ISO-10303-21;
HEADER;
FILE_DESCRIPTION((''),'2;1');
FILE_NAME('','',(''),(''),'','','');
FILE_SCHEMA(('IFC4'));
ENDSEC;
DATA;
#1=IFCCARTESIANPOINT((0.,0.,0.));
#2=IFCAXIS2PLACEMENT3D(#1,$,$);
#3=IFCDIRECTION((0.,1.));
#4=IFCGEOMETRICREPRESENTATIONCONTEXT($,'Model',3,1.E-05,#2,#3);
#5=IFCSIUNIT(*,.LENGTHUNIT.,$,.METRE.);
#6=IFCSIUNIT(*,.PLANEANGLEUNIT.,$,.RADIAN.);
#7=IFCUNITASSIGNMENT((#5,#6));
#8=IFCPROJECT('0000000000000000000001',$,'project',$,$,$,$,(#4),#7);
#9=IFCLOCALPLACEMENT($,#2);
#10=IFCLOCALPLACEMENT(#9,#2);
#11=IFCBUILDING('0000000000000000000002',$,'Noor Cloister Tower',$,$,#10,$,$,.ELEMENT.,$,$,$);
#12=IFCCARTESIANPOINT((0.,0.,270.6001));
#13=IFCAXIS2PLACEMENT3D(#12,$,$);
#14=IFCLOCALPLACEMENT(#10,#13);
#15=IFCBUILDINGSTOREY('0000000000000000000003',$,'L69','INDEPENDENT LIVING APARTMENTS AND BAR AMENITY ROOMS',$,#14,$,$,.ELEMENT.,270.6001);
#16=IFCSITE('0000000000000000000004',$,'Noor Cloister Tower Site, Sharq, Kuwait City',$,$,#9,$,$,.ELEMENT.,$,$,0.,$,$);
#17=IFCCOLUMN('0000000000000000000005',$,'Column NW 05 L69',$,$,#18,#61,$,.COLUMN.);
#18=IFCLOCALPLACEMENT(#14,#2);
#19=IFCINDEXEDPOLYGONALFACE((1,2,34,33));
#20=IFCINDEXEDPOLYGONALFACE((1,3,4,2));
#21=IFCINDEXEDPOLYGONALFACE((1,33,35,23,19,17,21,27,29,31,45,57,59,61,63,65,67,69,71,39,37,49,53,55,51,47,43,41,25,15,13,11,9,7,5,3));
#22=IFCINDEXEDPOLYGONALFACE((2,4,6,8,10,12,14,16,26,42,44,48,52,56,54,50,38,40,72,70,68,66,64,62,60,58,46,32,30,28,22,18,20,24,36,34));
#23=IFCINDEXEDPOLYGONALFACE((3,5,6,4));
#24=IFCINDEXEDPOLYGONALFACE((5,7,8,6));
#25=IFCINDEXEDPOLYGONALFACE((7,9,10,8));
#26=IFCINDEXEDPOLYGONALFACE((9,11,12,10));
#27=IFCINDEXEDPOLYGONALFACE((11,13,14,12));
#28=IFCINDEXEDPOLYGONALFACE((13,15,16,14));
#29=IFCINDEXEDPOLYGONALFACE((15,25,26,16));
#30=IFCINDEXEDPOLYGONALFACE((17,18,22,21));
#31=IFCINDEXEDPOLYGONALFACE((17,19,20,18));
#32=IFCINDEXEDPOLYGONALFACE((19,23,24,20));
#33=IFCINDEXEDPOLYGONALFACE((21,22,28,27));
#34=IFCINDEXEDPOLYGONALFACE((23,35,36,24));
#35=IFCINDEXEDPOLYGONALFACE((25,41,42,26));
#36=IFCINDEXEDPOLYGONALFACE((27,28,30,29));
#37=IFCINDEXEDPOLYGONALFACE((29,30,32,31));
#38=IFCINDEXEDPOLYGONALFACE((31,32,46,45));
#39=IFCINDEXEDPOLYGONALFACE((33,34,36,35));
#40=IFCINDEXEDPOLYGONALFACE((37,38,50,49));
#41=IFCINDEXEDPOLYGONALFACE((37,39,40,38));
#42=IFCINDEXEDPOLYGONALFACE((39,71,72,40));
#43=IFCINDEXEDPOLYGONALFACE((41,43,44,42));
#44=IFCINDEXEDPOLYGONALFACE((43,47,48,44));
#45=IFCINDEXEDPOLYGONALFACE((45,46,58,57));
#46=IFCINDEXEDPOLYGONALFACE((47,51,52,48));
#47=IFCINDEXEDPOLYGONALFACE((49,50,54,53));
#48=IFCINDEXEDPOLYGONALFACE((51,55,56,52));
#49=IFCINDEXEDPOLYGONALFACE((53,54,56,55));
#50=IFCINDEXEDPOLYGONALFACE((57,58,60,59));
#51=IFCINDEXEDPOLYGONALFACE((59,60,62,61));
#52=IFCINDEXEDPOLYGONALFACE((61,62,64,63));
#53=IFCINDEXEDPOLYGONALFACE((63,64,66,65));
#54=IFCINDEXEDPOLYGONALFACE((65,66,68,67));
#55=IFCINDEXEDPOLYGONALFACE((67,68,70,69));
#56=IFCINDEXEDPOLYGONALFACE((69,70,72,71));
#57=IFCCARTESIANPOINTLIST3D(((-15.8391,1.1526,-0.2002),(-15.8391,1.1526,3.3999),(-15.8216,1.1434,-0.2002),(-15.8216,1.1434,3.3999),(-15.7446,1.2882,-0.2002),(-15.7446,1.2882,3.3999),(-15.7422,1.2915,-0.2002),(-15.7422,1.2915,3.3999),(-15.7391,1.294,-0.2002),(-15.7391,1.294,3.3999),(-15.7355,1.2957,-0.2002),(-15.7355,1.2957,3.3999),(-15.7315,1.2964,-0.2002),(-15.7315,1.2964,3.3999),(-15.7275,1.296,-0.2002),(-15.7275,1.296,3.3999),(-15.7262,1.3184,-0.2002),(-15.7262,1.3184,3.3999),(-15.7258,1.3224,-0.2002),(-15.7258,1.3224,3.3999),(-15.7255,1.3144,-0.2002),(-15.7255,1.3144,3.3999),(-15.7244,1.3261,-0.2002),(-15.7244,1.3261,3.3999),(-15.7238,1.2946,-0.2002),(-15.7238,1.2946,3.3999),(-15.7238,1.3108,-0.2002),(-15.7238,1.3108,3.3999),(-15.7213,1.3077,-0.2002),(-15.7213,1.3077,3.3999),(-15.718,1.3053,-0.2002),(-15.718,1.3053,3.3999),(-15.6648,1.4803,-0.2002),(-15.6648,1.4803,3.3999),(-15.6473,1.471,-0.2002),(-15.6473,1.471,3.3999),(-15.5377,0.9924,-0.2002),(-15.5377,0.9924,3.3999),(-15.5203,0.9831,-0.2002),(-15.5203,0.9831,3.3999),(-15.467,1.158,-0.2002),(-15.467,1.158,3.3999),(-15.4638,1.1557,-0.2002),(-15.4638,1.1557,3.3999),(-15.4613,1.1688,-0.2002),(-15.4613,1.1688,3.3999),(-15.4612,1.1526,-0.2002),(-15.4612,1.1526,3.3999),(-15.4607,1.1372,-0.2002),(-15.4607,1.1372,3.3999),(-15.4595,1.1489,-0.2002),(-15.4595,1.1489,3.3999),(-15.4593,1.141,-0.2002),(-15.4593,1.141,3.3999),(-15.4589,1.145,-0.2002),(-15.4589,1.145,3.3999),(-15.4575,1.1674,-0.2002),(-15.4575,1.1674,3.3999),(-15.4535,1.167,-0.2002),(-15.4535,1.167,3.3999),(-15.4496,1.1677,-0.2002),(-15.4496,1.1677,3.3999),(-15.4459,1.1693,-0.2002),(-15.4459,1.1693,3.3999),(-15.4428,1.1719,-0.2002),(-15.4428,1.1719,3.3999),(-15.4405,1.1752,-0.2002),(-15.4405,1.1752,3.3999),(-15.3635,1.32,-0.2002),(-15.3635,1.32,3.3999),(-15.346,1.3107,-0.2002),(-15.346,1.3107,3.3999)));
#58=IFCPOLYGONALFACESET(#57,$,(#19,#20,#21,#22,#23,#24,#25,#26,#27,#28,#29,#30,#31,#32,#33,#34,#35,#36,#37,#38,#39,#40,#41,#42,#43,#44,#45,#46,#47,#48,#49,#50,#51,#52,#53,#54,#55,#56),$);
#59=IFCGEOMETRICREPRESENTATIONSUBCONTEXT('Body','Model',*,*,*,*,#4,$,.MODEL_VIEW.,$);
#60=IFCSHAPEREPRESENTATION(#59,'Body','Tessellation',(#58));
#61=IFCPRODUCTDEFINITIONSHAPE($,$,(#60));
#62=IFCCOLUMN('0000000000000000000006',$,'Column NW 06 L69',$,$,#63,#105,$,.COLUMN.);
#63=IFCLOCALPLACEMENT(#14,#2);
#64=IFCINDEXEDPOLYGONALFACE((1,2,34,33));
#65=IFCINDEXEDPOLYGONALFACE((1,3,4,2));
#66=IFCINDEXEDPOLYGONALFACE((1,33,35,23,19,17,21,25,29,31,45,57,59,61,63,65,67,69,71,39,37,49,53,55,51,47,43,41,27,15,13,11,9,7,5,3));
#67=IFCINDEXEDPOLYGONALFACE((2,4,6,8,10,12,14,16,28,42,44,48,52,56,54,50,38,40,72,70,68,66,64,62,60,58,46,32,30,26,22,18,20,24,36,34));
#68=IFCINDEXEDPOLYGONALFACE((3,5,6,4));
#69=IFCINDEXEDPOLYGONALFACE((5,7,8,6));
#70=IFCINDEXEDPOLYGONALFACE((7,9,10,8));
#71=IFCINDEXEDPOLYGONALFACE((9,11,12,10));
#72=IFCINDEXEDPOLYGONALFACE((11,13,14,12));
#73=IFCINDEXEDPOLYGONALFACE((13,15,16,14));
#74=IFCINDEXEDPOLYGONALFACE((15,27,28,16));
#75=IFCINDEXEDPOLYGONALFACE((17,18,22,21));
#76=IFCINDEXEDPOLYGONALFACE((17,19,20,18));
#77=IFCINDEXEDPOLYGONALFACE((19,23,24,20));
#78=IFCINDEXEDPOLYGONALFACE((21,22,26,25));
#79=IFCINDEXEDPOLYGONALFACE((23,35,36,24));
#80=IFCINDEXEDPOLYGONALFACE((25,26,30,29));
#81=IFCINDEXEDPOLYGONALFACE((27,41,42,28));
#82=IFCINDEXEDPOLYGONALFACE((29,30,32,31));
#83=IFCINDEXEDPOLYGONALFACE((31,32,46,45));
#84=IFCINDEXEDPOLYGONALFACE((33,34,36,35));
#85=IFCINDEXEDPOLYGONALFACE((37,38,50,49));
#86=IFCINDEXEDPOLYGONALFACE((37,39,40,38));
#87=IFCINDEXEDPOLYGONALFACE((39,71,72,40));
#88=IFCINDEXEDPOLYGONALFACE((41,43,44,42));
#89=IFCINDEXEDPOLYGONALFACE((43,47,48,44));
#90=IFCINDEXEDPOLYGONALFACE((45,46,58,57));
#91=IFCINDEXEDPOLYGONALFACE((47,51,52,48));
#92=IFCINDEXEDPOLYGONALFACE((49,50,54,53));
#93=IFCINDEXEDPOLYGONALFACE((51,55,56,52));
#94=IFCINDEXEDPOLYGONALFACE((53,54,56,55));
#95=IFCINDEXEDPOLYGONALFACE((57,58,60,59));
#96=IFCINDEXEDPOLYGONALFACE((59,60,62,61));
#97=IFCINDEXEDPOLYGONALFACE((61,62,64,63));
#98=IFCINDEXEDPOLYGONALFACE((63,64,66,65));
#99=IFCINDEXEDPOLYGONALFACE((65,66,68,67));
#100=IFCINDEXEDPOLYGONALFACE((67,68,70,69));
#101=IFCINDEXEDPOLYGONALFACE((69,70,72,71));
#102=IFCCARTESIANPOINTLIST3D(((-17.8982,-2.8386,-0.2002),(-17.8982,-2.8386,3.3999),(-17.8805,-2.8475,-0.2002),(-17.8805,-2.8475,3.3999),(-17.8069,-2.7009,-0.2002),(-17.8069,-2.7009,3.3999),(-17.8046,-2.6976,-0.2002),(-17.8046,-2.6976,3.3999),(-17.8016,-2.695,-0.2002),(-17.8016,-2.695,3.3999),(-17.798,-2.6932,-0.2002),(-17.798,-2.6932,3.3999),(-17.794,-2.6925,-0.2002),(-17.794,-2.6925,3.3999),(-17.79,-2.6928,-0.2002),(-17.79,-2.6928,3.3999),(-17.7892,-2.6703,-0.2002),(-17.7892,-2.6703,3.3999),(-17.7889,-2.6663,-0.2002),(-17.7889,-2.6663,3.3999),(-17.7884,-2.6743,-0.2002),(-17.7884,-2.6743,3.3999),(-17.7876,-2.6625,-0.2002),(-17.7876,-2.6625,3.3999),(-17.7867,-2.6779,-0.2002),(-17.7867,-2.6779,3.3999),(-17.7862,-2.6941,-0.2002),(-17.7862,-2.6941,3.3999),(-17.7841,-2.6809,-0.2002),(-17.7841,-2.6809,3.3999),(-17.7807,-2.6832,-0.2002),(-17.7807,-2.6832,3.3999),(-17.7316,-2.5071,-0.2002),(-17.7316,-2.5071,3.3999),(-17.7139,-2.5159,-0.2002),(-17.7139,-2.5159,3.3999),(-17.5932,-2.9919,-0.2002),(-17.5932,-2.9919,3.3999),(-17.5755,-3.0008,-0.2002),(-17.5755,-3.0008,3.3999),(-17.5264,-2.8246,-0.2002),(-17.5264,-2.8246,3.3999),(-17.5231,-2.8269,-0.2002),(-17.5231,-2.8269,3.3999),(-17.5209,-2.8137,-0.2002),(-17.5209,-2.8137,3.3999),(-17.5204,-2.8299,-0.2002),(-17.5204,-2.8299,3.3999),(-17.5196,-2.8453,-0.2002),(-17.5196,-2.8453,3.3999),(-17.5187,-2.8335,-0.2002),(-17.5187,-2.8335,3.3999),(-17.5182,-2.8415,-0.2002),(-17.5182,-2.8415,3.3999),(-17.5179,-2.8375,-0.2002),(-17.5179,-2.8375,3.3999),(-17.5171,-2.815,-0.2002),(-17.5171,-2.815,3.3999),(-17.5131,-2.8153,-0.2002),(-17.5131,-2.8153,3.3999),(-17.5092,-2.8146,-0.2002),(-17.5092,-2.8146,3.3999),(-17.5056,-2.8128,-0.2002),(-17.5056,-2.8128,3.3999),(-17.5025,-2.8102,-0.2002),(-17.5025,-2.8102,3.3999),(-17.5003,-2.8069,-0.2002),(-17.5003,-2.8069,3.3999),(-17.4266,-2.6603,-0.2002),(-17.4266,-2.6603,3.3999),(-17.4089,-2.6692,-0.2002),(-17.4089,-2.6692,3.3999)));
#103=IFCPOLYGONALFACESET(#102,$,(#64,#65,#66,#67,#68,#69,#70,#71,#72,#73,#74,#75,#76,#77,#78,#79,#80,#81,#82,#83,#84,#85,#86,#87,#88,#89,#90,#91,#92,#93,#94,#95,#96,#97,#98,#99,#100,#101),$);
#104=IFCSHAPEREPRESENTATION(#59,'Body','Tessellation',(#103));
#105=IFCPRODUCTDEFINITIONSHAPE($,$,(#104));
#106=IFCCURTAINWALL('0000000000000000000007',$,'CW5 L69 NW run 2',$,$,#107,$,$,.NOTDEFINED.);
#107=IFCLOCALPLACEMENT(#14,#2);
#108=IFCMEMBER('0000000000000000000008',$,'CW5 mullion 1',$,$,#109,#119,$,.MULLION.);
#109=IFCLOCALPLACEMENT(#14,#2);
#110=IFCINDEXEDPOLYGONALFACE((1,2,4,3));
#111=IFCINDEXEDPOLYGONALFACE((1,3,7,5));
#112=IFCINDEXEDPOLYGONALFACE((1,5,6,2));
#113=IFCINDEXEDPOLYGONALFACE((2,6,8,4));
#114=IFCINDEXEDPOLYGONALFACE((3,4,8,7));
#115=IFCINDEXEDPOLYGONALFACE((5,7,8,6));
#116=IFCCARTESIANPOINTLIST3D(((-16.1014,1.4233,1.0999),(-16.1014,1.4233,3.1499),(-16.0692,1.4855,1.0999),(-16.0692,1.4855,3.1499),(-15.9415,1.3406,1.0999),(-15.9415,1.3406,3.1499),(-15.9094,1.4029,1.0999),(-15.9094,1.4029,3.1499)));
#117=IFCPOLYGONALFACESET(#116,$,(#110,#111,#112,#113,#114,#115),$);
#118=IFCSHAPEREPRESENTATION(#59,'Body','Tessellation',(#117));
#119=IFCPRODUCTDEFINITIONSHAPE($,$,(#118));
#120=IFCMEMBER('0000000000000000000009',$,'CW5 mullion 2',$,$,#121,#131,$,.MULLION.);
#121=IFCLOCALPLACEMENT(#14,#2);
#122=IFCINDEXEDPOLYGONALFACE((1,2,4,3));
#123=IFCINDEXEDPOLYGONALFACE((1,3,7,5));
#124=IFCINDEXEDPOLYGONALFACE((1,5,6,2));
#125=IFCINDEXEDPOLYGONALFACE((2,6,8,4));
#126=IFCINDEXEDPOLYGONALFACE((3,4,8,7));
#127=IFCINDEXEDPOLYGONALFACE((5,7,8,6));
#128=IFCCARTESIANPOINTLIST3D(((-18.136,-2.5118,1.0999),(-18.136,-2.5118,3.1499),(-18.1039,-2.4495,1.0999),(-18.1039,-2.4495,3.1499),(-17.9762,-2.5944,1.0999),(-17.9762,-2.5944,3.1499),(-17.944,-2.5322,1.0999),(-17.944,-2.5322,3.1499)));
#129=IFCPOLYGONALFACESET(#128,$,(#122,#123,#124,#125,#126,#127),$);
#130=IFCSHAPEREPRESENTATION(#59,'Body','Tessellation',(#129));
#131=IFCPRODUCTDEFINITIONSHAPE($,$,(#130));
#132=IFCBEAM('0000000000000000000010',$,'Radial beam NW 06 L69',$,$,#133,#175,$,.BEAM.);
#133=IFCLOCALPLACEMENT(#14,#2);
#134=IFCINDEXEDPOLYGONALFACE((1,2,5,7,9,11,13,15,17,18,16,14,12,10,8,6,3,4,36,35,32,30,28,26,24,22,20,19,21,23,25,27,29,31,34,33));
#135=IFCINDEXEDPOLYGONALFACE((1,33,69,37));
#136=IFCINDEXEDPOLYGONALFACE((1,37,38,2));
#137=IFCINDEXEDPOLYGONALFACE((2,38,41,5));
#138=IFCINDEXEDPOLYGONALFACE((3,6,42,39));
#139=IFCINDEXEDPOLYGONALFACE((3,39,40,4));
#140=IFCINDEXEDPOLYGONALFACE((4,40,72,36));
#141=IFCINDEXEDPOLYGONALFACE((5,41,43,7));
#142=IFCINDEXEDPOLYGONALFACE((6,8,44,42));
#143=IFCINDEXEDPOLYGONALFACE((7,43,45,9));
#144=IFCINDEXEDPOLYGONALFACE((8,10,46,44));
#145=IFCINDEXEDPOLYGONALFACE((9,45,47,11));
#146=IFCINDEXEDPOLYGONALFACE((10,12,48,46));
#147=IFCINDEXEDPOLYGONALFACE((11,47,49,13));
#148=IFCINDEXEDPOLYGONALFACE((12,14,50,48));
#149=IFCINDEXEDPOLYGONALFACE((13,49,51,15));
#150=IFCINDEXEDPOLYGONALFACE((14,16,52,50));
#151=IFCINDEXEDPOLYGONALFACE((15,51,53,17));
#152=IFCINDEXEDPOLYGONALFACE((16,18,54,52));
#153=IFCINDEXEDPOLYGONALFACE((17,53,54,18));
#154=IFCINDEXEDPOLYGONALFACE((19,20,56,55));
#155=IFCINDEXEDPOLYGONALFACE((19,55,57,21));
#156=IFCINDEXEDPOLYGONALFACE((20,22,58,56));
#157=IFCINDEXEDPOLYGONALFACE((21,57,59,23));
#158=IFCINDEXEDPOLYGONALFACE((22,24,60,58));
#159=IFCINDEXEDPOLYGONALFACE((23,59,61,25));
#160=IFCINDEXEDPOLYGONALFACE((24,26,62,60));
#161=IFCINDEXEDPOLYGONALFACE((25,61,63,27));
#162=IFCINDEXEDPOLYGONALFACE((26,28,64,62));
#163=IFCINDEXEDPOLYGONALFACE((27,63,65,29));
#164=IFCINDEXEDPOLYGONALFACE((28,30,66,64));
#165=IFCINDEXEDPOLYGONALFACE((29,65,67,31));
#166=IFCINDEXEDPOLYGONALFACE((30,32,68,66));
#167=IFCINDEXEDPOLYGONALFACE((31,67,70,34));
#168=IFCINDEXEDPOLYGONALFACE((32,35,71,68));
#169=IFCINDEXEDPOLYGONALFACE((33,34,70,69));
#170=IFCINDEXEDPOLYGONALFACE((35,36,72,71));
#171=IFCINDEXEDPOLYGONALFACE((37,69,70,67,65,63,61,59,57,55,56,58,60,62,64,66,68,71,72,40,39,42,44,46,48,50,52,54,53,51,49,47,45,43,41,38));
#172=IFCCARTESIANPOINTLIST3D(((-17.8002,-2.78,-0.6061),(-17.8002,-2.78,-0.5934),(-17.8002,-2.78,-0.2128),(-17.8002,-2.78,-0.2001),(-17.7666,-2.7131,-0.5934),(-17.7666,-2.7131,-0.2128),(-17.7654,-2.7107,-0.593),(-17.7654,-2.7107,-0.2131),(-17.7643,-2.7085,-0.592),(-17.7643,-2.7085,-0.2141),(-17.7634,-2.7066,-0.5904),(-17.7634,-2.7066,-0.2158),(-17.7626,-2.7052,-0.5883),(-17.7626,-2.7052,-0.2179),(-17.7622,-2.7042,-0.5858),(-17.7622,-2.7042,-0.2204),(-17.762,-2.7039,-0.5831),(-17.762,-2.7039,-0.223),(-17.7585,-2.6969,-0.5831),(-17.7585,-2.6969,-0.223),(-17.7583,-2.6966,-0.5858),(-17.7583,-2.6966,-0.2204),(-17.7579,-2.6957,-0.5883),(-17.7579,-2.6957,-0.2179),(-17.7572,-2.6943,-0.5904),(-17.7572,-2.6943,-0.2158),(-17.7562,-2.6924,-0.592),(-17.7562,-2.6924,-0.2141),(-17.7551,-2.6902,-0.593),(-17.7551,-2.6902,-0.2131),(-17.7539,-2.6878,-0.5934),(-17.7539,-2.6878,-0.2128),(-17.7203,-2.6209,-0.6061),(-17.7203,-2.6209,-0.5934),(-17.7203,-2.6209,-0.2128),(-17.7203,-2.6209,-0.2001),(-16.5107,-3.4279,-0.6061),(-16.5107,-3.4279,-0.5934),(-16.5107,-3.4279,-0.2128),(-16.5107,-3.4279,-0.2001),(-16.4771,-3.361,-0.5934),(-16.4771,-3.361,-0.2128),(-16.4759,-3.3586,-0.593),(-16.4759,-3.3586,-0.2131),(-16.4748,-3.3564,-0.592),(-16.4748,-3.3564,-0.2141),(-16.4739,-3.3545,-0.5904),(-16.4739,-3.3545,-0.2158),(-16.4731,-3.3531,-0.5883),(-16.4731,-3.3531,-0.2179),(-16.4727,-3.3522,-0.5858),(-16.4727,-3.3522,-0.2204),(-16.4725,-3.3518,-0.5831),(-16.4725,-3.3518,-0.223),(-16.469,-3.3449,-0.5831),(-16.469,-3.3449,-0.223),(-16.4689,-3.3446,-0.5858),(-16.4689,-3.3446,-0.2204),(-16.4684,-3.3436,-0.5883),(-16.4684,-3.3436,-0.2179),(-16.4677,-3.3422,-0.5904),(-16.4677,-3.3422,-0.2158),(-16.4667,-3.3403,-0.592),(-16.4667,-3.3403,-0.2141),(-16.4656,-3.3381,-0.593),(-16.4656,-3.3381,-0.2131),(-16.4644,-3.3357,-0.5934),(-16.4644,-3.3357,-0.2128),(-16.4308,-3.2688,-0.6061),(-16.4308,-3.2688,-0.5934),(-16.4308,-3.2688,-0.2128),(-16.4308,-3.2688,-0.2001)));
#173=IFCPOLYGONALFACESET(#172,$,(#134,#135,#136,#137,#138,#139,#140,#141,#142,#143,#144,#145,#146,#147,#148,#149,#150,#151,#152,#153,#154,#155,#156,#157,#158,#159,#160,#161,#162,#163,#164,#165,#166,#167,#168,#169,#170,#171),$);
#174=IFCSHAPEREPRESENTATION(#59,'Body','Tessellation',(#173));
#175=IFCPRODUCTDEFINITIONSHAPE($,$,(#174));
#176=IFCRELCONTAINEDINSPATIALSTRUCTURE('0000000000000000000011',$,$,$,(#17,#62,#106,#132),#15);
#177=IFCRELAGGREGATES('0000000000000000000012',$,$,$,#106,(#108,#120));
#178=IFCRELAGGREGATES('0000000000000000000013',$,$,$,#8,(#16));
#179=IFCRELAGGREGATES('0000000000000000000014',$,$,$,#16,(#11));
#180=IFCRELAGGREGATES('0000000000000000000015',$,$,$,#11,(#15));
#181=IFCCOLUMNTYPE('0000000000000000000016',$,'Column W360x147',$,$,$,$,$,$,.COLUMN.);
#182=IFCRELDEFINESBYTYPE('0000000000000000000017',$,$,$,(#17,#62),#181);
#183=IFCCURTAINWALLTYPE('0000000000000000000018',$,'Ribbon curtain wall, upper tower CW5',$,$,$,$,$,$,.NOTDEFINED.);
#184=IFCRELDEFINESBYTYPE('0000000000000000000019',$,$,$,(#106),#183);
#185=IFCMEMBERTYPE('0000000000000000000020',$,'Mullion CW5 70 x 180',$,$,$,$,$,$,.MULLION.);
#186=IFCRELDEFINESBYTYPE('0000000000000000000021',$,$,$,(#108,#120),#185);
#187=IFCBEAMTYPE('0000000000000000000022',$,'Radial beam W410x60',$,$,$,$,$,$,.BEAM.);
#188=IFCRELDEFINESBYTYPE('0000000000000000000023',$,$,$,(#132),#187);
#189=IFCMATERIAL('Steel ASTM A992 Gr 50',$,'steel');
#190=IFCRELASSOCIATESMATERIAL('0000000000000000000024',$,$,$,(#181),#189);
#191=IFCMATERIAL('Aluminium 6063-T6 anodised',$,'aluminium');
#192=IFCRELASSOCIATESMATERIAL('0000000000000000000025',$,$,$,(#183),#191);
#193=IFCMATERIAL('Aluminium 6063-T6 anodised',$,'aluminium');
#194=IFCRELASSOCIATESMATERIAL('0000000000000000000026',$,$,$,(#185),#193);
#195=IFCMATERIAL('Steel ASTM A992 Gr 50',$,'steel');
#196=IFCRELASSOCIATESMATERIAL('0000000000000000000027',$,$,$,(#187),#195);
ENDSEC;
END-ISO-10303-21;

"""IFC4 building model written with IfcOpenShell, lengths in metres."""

from ifc_helpers import new_model, si_unit, direction, frame, origin, origin_2d, place, context, subcontext, project, spatial, rectangle, i_section, extrude, material, material_profile, profile_set, type_object, element, aggregate, save


model = new_model("IFC4")

# Units and contexts
model_context = context("Model", 3, precision=1e-05, world=origin(), true_north=direction((0.0, 1.0)))
body_context = subcontext(model_context, "Body", "Model", "MODEL_VIEW")
ifc_project = project(units=[si_unit("LENGTHUNIT", "METRE"), si_unit("PLANEANGLEUNIT", "RADIAN")], contexts=[model_context])

# Site, building, storey
site_placement = place(None, origin())
site = spatial("IfcSite", under=ifc_project, at=site_placement, Name="Noor Cloister Tower Site, Sharq, Kuwait City", CompositionType="ELEMENT", RefElevation=0.0)
building_placement = place(site_placement, origin())
building = spatial("IfcBuilding", under=site, at=building_placement, Name="Noor Cloister Tower", CompositionType="ELEMENT")
storey_placement = place(building_placement, frame((0.0, 0.0, 270.6001)))
storey = spatial("IfcBuildingStorey", under=building, at=storey_placement, Name="L69", Description="INDEPENDENT LIVING APARTMENTS AND BAR AMENITY ROOMS", CompositionType="ELEMENT", Elevation=270.6001)

# Columns
ifc_material_1 = material(Name="Steel ASTM A992 Gr 50", Category="steel")
ifc_material_profile_1 = material_profile(ifc_material_1, i_section(OverallWidth=0.3711, OverallDepth=0.3611, WebThickness=0.0122, FlangeThickness=0.0198, FilletRadius=0.0154, at=origin_2d()), Name="W360x147")
ifc_profile_set_1 = profile_set([ifc_material_profile_1], Name="Steel ASTM A992 Gr 50")
column_type = type_object("IfcColumnType", Name="Column W360x147", PredefinedType="COLUMN", material=ifc_profile_set_1)
for number, where, z_axis, x_axis, name in (
    (1, (-15.5925, 1.2317, -0.2002), (0.0, 0.0, 1.0), (-0.469576, -0.882892, 0.0), "Column NW 05 L69"),
    (2, (-17.6536, -2.7539, -0.2002), (0.0, 0.0, 1.0), (-0.448975, -0.893544, 0.0), "Column NW 06 L69"),
):
    element("IfcColumn", number, at=place(storey_placement, frame(where, z_axis=z_axis, x_axis=x_axis)), inside=storey, type_object=column_type, Name=name, PredefinedType="COLUMN", context=body_context, shape_type="SweptSolid", body=[
        extrude(i_section(OverallWidth=0.3711, OverallDepth=0.3611, WebThickness=0.0122, FlangeThickness=0.0198, FilletRadius=0.0154, at=origin_2d()), origin(), (0.0, 0.0, 1.0), 3.6001),
    ])

# Curtain wall, members
ifc_material_2 = material(Name="Aluminium 6063-T6 anodised", Category="aluminium")
curtain_wall_type = type_object("IfcCurtainWallType", Name="Ribbon curtain wall, upper tower CW5", PredefinedType="NOTDEFINED", material=ifc_material_2)
curtain_wall_placement = place(storey_placement, origin())
curtain_wall = element("IfcCurtainWall", 3, at=curtain_wall_placement, inside=storey, type_object=curtain_wall_type, Name="CW5 L69 NW run 2", PredefinedType="NOTDEFINED")
ifc_material_3 = material(Name="Aluminium 6063-T6 anodised", Category="aluminium")
ifc_material_profile_2 = material_profile(ifc_material_3, rectangle(XDim=0.1799, YDim=0.0701, at=origin_2d()), Name="180 x 70 mullion")
ifc_profile_set_2 = profile_set([ifc_material_profile_2], Name="Aluminium 6063-T6 anodised")
member_type = type_object("IfcMemberType", Name="Mullion CW5 70 x 180", PredefinedType="MULLION", material=ifc_profile_set_2)
member_1_placement = place(storey_placement, frame((-16.0054, 1.4131, 1.0999), z_axis=(0.0, 0.0, 1.0), x_axis=(0.888278, -0.459306, 0.0)))
member_1 = element("IfcMember", 4, at=member_1_placement, type_object=member_type, Name="CW5 mullion 1", PredefinedType="MULLION", context=body_context, shape_type="SweptSolid", body=[
    extrude(rectangle(XDim=0.1799, YDim=0.0701, at=origin_2d()), origin(), (0.0, 0.0, 1.0), 2.05),
])
member_2_placement = place(storey_placement, frame((-18.04, -2.522, 1.0999), z_axis=(0.0, 0.0, 1.0), x_axis=(0.888278, -0.459306, 0.0)))
member_2 = element("IfcMember", 5, at=member_2_placement, type_object=member_type, Name="CW5 mullion 2", PredefinedType="MULLION", context=body_context, shape_type="SweptSolid", body=[
    extrude(rectangle(XDim=0.1799, YDim=0.0701, at=origin_2d()), origin(), (0.0, 0.0, 1.0), 2.05),
])

# Beam
ifc_material_4 = material(Name="Steel ASTM A992 Gr 50", Category="steel")
ifc_material_profile_3 = material_profile(ifc_material_4, i_section(OverallWidth=0.178, OverallDepth=0.406, WebThickness=0.0078, FlangeThickness=0.0127, FilletRadius=0.0103, at=origin_2d()), Name="W410x60")
ifc_profile_set_3 = profile_set([ifc_material_profile_3], Name="Steel ASTM A992 Gr 50")
beam_type_1 = type_object("IfcBeamType", Name="Radial beam W410x60", PredefinedType="BEAM", material=ifc_profile_set_3)
beam_1_placement = place(storey_placement, frame((-17.7603, -2.7004, -0.4031), z_axis=(0.893546, -0.448972, 0.0), x_axis=(0.448972, 0.893546, 0.0)))
element("IfcBeam", 6, at=beam_1_placement, inside=storey, type_object=beam_type_1, Name="Radial beam NW 06 L69", PredefinedType="BEAM", context=body_context, shape_type="SweptSolid", body=[
    extrude(i_section(OverallWidth=0.178, OverallDepth=0.406, WebThickness=0.0078, FlangeThickness=0.0127, FilletRadius=0.0103, at=origin_2d()), origin(), (0.0, 0.0, 1.0), 1.4431),
])

aggregate(curtain_wall, [member_1, member_2])

save(model, "model.ifc")
